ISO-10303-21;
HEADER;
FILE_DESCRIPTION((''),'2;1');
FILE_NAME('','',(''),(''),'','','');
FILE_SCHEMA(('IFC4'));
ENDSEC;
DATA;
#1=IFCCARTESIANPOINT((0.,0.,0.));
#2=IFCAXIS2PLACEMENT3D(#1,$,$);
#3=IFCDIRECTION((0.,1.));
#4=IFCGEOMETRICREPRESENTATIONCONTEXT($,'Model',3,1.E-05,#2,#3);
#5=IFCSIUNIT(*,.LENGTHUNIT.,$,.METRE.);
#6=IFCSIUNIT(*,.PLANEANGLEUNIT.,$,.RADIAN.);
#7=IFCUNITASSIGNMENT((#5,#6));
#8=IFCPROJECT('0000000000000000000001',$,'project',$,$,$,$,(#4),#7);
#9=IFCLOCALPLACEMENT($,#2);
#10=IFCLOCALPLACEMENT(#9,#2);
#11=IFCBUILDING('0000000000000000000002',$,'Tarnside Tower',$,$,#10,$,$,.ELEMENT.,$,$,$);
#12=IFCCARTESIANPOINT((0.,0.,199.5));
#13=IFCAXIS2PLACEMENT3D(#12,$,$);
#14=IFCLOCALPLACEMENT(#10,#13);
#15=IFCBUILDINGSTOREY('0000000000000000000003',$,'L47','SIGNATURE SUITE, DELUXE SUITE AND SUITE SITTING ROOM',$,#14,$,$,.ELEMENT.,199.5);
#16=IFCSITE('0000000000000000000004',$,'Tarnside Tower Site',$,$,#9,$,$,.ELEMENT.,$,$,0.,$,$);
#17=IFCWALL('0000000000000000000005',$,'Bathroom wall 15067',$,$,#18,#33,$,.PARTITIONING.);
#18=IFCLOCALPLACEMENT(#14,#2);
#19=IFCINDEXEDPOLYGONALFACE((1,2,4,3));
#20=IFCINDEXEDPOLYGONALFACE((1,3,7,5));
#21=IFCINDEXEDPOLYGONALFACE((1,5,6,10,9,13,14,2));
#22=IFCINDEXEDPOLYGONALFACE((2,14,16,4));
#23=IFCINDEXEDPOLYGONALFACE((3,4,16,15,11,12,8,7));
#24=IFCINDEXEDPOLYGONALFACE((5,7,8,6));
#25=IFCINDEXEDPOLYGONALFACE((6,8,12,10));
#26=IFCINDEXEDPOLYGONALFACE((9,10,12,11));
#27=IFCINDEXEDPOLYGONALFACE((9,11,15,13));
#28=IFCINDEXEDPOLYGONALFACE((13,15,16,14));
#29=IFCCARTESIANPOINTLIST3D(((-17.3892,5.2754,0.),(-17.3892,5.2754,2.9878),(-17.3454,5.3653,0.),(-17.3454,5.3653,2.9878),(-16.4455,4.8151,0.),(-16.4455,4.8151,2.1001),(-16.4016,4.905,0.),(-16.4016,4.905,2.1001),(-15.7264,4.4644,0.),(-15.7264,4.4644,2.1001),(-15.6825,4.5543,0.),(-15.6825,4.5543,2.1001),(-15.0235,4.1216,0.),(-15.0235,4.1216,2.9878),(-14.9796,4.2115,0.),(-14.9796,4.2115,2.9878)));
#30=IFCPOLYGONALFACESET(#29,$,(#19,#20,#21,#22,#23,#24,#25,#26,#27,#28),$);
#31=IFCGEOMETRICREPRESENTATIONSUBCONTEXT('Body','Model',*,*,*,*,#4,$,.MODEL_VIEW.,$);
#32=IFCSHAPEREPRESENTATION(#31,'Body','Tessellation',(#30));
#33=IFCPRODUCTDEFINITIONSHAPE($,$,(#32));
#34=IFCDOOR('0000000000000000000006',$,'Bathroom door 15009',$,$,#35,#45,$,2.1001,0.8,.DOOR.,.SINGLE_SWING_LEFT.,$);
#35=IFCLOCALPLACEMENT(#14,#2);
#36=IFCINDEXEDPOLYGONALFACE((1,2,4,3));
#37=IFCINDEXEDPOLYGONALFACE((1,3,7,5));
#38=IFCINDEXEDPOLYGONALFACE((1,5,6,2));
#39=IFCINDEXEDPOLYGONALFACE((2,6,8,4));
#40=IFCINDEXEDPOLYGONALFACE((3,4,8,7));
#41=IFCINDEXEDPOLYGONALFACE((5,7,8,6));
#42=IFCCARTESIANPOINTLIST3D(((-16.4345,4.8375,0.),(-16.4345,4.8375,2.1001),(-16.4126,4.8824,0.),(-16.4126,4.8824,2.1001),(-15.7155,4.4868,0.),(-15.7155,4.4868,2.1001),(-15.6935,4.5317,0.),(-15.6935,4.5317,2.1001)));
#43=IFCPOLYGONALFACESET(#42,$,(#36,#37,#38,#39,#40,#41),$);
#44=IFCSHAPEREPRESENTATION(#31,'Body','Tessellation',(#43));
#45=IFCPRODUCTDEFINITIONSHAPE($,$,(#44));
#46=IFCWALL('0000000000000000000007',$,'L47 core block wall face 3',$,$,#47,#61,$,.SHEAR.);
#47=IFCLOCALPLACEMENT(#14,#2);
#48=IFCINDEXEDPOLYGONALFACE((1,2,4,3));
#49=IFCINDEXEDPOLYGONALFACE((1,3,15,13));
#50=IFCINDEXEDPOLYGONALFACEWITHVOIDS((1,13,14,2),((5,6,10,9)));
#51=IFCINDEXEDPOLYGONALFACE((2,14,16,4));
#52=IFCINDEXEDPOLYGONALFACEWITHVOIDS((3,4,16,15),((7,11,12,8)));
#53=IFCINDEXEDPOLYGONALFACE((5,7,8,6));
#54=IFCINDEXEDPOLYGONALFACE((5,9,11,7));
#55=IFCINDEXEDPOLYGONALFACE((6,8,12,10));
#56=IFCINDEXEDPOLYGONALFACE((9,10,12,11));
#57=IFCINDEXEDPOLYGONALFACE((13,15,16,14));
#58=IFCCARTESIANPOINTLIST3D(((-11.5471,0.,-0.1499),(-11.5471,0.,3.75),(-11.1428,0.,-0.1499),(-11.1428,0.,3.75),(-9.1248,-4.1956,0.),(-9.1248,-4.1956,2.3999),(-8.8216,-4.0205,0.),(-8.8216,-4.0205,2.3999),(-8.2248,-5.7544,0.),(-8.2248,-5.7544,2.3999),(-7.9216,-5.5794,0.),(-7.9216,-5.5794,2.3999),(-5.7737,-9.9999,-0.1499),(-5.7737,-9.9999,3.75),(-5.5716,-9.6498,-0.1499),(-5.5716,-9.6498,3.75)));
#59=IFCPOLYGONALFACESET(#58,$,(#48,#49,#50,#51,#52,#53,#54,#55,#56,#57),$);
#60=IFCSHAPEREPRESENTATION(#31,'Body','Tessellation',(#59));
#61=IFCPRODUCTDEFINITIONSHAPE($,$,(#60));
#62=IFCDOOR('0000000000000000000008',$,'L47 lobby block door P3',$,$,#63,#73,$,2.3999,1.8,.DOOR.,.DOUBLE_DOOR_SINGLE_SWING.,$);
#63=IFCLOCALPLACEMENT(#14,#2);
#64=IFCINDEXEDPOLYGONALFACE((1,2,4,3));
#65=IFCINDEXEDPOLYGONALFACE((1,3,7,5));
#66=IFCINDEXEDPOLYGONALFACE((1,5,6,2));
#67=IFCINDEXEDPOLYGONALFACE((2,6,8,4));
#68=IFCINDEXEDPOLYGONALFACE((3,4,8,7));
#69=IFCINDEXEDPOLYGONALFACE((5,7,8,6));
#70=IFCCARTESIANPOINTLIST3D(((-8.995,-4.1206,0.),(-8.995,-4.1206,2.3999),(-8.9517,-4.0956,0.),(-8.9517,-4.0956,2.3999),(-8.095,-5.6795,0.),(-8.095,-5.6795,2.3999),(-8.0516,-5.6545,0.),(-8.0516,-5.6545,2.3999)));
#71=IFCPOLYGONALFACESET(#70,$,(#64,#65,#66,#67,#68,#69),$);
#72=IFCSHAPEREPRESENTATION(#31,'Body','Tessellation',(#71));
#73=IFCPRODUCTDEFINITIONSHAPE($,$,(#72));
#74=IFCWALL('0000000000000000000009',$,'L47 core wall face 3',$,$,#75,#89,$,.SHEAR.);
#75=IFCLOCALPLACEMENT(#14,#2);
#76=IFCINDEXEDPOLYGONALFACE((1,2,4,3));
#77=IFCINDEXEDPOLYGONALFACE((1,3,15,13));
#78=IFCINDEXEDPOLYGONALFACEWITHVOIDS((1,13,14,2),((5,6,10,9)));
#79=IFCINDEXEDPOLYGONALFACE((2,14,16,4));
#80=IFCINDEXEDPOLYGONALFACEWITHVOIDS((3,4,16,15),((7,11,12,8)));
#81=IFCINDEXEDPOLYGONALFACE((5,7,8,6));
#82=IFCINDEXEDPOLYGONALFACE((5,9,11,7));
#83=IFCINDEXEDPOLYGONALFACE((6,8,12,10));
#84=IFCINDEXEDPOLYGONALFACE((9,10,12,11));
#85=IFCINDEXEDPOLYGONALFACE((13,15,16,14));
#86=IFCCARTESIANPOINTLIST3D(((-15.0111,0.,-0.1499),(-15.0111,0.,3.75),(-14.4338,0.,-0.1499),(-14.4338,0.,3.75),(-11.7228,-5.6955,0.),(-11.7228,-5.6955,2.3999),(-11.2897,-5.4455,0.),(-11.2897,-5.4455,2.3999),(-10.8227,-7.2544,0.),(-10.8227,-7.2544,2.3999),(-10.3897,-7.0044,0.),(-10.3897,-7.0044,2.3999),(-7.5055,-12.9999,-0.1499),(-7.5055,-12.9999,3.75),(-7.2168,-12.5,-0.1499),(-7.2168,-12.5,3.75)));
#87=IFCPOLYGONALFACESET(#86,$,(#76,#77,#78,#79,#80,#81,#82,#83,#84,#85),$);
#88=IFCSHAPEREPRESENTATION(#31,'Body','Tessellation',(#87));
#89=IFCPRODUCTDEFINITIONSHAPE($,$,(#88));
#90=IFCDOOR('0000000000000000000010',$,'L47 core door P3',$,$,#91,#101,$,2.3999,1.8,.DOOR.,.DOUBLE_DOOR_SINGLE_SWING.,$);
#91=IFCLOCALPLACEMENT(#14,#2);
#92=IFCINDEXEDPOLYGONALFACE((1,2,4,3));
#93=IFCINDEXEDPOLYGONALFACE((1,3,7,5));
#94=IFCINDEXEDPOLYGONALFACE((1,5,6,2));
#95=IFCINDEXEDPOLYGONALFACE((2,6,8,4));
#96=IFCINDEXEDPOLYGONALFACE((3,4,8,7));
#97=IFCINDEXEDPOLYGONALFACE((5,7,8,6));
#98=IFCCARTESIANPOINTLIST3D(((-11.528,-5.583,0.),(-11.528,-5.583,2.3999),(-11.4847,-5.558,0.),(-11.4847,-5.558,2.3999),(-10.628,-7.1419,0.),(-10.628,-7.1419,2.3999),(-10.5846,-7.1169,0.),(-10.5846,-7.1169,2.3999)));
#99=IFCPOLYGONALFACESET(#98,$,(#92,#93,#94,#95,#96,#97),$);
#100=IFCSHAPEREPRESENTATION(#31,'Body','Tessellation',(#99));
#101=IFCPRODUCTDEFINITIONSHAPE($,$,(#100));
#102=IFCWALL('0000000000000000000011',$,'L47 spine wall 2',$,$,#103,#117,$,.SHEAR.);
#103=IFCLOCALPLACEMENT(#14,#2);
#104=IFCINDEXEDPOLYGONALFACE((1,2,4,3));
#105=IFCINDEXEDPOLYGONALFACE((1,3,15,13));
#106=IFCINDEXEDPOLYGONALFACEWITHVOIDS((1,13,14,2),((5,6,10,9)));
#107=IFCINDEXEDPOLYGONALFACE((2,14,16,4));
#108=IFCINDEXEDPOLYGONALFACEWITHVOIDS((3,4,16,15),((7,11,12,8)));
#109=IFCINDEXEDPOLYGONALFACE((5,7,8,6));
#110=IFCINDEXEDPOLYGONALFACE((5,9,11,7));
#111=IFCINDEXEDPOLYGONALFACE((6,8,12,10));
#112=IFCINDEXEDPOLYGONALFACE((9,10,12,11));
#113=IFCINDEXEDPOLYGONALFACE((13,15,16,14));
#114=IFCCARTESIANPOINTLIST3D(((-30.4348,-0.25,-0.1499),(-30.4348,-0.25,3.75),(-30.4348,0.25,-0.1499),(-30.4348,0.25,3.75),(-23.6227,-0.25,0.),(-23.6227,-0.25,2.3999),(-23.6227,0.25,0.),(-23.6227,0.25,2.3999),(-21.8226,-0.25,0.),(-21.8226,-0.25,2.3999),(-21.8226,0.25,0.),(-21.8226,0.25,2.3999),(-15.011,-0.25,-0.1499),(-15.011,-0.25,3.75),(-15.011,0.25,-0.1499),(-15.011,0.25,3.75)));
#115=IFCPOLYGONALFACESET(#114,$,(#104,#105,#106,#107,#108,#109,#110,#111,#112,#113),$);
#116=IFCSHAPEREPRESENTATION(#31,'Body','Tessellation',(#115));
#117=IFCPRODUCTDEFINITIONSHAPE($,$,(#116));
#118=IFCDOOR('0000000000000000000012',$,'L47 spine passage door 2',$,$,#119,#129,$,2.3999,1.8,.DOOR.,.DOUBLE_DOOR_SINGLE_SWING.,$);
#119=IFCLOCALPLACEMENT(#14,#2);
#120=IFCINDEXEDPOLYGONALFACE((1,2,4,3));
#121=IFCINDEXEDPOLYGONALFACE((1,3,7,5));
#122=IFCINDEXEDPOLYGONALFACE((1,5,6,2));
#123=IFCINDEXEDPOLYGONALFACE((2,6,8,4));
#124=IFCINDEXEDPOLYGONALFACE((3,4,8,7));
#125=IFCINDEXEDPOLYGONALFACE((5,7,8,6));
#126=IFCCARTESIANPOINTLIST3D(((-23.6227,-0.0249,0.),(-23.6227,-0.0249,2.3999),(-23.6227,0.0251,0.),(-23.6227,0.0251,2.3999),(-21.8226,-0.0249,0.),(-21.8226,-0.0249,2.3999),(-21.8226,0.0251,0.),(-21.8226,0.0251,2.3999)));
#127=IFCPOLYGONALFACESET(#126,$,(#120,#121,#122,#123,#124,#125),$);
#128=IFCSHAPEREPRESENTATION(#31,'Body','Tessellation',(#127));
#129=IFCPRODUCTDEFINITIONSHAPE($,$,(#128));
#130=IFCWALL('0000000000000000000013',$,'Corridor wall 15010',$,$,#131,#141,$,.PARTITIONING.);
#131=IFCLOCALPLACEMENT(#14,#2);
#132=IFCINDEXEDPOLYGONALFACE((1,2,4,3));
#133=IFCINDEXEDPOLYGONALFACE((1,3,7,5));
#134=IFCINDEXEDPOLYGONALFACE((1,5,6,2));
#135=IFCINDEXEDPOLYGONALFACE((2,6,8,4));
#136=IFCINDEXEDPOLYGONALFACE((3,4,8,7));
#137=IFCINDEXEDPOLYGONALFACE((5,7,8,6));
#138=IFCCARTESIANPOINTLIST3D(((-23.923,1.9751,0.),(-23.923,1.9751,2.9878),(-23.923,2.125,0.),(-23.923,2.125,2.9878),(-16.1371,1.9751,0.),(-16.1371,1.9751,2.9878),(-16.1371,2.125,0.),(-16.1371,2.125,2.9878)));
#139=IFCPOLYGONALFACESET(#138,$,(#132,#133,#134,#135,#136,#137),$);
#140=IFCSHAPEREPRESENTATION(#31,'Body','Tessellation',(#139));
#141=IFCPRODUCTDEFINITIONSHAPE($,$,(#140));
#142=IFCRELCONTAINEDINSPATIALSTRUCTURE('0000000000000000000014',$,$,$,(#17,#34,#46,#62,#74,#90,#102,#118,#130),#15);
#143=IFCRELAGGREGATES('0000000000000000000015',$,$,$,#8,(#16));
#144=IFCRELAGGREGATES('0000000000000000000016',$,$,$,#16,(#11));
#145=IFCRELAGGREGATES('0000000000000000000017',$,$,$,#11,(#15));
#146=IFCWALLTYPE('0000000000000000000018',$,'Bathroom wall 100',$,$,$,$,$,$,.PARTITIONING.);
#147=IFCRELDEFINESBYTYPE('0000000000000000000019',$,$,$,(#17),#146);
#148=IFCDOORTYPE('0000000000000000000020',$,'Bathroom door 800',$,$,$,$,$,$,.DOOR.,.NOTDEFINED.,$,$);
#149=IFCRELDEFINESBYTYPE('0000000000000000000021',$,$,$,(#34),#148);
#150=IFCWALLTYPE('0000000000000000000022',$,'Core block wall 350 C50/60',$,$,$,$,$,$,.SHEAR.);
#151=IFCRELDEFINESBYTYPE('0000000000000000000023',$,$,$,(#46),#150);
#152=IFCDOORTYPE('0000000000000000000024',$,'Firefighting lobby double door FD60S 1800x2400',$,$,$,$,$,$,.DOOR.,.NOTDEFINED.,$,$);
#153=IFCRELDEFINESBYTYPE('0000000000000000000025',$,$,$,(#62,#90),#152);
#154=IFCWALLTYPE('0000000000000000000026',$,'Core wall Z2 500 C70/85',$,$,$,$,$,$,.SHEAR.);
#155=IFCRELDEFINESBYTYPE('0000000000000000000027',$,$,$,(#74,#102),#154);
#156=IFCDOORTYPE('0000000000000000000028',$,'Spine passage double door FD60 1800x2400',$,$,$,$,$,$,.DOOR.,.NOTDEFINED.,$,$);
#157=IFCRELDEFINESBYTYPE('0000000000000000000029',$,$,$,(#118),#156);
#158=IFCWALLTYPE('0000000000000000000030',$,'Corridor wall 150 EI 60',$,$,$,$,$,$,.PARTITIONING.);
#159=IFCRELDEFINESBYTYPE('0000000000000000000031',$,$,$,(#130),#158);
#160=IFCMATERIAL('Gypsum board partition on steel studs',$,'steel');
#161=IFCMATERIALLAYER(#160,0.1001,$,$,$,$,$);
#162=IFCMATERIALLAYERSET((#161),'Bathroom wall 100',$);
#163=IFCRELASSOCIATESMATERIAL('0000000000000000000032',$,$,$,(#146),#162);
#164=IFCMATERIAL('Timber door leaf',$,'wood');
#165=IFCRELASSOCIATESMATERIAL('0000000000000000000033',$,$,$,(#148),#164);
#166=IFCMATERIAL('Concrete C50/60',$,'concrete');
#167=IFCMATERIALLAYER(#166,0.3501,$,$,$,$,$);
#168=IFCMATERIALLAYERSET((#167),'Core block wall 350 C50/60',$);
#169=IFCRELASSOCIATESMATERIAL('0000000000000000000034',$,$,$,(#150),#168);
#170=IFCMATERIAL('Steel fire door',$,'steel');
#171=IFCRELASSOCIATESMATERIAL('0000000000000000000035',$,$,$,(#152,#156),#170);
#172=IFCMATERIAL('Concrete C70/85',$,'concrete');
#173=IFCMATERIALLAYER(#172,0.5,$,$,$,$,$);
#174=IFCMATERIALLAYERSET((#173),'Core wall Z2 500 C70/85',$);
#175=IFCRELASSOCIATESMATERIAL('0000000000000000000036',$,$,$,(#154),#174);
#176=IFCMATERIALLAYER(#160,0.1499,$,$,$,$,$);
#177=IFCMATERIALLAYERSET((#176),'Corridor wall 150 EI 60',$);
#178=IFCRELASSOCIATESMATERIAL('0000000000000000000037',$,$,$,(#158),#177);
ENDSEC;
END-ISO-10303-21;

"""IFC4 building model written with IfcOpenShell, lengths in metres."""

from ifc_helpers import new_model, si_unit, direction, frame, frame_2d, origin, place, context, subcontext, project, spatial, polyline, rectangle, outline, extrude, material, layer, layer_set, type_object, element, fill, save


model = new_model("IFC4")

# Units and contexts
model_context = context("Model", 3, precision=1e-05, world=origin(), true_north=direction((0.0, 1.0)))
body_context = subcontext(model_context, "Body", "Model", "MODEL_VIEW")
ifc_project = project(units=[si_unit("LENGTHUNIT", "METRE"), si_unit("PLANEANGLEUNIT", "RADIAN")], contexts=[model_context])

# Site, building, storey
site_placement = place(None, origin())
site = spatial("IfcSite", under=ifc_project, at=site_placement, Name="Tarnside Tower Site", CompositionType="ELEMENT", RefElevation=0.0)
building_placement = place(site_placement, origin())
building = spatial("IfcBuilding", under=site, at=building_placement, Name="Tarnside Tower", CompositionType="ELEMENT")
storey_placement = place(building_placement, frame((0.0, 0.0, 199.5)))
storey = spatial("IfcBuildingStorey", under=building, at=storey_placement, Name="L47", Description="SIGNATURE SUITE, DELUXE SUITE AND SUITE SITTING ROOM", CompositionType="ELEMENT", Elevation=199.5)

# Shared definitions
ifc_material_1 = material(Name="Gypsum board partition on steel studs", Category="steel")
ifc_layer_1 = layer(ifc_material_1, 0.1001)
ifc_layer_set_1 = layer_set([ifc_layer_1], Name="Bathroom wall 100")
wall_type_1 = type_object("IfcWallType", Name="Bathroom wall 100", PredefinedType="PARTITIONING", material=ifc_layer_set_1)

# Walls, openings, doors
wall_1_placement = place(storey_placement, frame((-17.3672, 5.3203, 0.0), z_axis=(0.0, 0.0, 1.0), x_axis=(0.898799, -0.438361, 0.0)))
wall_1 = element("IfcWall", 1, at=wall_1_placement, inside=storey, type_object=wall_type_1, Name="Bathroom wall 15067", PredefinedType="PARTITIONING", context=body_context, shape_type="SweptSolid", body=[
    extrude(rectangle(XDim=2.6321, YDim=0.1001, at=frame_2d((1.3159, 0.0))), origin(), (0.0, 0.0, 1.0), 2.9878),
])
opening_1_placement = place(wall_1_placement, frame((1.05, 0.0, 0.0)))
opening_1 = element("IfcOpeningElement", 2, at=opening_1_placement, cuts=wall_1, PredefinedType="OPENING", context=body_context, shape_type="SweptSolid", body=[
    extrude(rectangle(XDim=0.8, YDim=2.1001, at=frame_2d((0.3999, 1.05))), frame((0.0, 0.0601, 0.0), z_axis=(0.0, -1.0, 0.0), x_axis=(1.0, 0.0, 0.0)), (0.0, 0.0, 1.0), 0.1201),
])
ifc_material_2 = material(Name="Timber door leaf", Category="wood")
door_type_1 = type_object("IfcDoorType", Name="Bathroom door 800", OperationType="NOTDEFINED", PredefinedType="DOOR", material=ifc_material_2)
door_1_placement = place(opening_1_placement, origin())
door_1 = element("IfcDoor", 3, at=door_1_placement, inside=storey, type_object=door_type_1, Name="Bathroom door 15009", OperationType="SINGLE_SWING_LEFT", OverallHeight=2.1001, OverallWidth=0.8, PredefinedType="DOOR", context=body_context, shape_type="SweptSolid", body=[
    extrude(rectangle(XDim=0.8, YDim=2.1001, at=frame_2d((0.3999, 1.05))), frame((0.0, 0.0249, 0.0), z_axis=(0.0, -1.0, 0.0), x_axis=(1.0, 0.0, 0.0)), (0.0, 0.0, 1.0), 0.05),
])
fill(opening_1, door_1)
ifc_material_3 = material(Name="Concrete C50/60", Category="concrete")
ifc_layer_2 = layer(ifc_material_3, 0.3501)
ifc_layer_set_2 = layer_set([ifc_layer_2], Name="Core block wall 350 C50/60")
wall_type_2 = type_object("IfcWallType", Name="Core block wall 350 C50/60", PredefinedType="SHEAR", material=ifc_layer_set_2)
wall_2_placement = place(storey_placement, frame((-11.345, 0.0, -0.1499), z_axis=(0.0, 0.0, 1.0), x_axis=(0.499995, -0.866028, 0.0)))
wall_2 = element("IfcWall", 4, at=wall_2_placement, inside=storey, type_object=wall_type_2, Name="L47 core block wall face 3", PredefinedType="SHEAR", context=body_context, shape_type="SweptSolid", body=[
    extrude(outline(polyline([(-0.1011, -0.175), (11.4458, -0.175), (11.2437, 0.175), (0.1011, 0.175), (-0.1011, -0.175)])), origin(), (0.0, 0.0, 1.0), 3.8999),
])
opening_2_placement = place(wall_2_placement, frame((4.7437, 0.0, 0.1499)))
opening_2 = element("IfcOpeningElement", 5, at=opening_2_placement, cuts=wall_2, PredefinedType="OPENING", context=body_context, shape_type="SweptSolid", body=[
    extrude(rectangle(XDim=1.8, YDim=2.3999, at=frame_2d((0.8999, 1.2))), frame((0.0, 0.1851, 0.0), z_axis=(0.0, -1.0, 0.0), x_axis=(1.0, 0.0, 0.0)), (0.0, 0.0, 1.0), 0.3701),
])
ifc_material_4 = material(Name="Steel fire door", Category="steel")
door_type_2 = type_object("IfcDoorType", Name="Firefighting lobby double door FD60S 1800x2400", OperationType="NOTDEFINED", PredefinedType="DOOR", material=ifc_material_4)
door_2_placement = place(opening_2_placement, origin())
door_2 = element("IfcDoor", 6, at=door_2_placement, inside=storey, type_object=door_type_2, Name="L47 lobby block door P3", OperationType="DOUBLE_DOOR_SINGLE_SWING", OverallHeight=2.3999, OverallWidth=1.8, PredefinedType="DOOR", context=body_context, shape_type="SweptSolid", body=[
    extrude(rectangle(XDim=1.8, YDim=2.3999, at=frame_2d((0.8999, 1.2))), frame((0.0, 0.0249, 0.0), z_axis=(0.0, -1.0, 0.0), x_axis=(1.0, 0.0, 0.0)), (0.0, 0.0, 1.0), 0.05),
])
fill(opening_2, door_2)
ifc_material_5 = material(Name="Concrete C70/85", Category="concrete")
ifc_layer_3 = layer(ifc_material_5, 0.5)
ifc_layer_set_3 = layer_set([ifc_layer_3], Name="Core wall Z2 500 C70/85")
wall_type_3 = type_object("IfcWallType", Name="Core wall Z2 500 C70/85", PredefinedType="SHEAR", material=ifc_layer_set_3)
wall_3_placement = place(storey_placement, frame((-14.7224, 0.0, -0.1499), z_axis=(0.0, 0.0, 1.0), x_axis=(0.500006, -0.866022, 0.0)))
wall_3 = element("IfcWall", 7, at=wall_3_placement, inside=storey, type_object=wall_type_3, Name="L47 core wall face 3", PredefinedType="SHEAR", context=body_context, shape_type="SweptSolid", body=[
    extrude(outline(polyline([(-0.1443, -0.25), (14.8667, -0.25), (14.5781, 0.25), (0.1443, 0.25), (-0.1443, -0.25)])), origin(), (0.0, 0.0, 1.0), 3.8999),
])
opening_3_placement = place(wall_3_placement, frame((6.4324, 0.0, 0.1499)))
opening_3 = element("IfcOpeningElement", 8, at=opening_3_placement, cuts=wall_3, PredefinedType="OPENING", context=body_context, shape_type="SweptSolid", body=[
    extrude(rectangle(XDim=1.8, YDim=2.3999, at=frame_2d((0.8999, 1.2))), frame((0.0, 0.26, 0.0), z_axis=(0.0, -1.0, 0.0), x_axis=(1.0, 0.0, 0.0)), (0.0, 0.0, 1.0), 0.52),
])
door_3_placement = place(opening_3_placement, origin())
door_3 = element("IfcDoor", 9, at=door_3_placement, inside=storey, type_object=door_type_2, Name="L47 core door P3", OperationType="DOUBLE_DOOR_SINGLE_SWING", OverallHeight=2.3999, OverallWidth=1.8, PredefinedType="DOOR", context=body_context, shape_type="SweptSolid", body=[
    extrude(rectangle(XDim=1.8, YDim=2.3999, at=frame_2d((0.8999, 1.2))), frame((0.0, 0.0249, 0.0), z_axis=(0.0, -1.0, 0.0), x_axis=(1.0, 0.0, 0.0)), (0.0, 0.0, 1.0), 0.05),
])
fill(opening_3, door_3)
wall_4_placement = place(storey_placement, frame((-15.011, 0.0, -0.1499), z_axis=(0.0, 0.0, 1.0), x_axis=(-1.0, 0.0, 0.0)))
wall_4 = element("IfcWall", 10, at=wall_4_placement, inside=storey, type_object=wall_type_3, Name="L47 spine wall 2", PredefinedType="SHEAR", context=body_context, shape_type="SweptSolid", body=[
    extrude(rectangle(XDim=15.4238, YDim=0.5, at=frame_2d((7.7119, 0.0))), origin(), (0.0, 0.0, 1.0), 3.8999),
])
opening_4_placement = place(wall_4_placement, frame((6.8118, 0.0, 0.1499)))
opening_4 = element("IfcOpeningElement", 11, at=opening_4_placement, cuts=wall_4, PredefinedType="OPENING", context=body_context, shape_type="SweptSolid", body=[
    extrude(rectangle(XDim=1.8, YDim=2.3999, at=frame_2d((0.8999, 1.2))), frame((0.0, 0.26, 0.0), z_axis=(0.0, -1.0, 0.0), x_axis=(1.0, 0.0, 0.0)), (0.0, 0.0, 1.0), 0.52),
])
door_type_3 = type_object("IfcDoorType", Name="Spine passage double door FD60 1800x2400", OperationType="NOTDEFINED", PredefinedType="DOOR", material=ifc_material_4)
door_4_placement = place(opening_4_placement, origin())
door_4 = element("IfcDoor", 12, at=door_4_placement, inside=storey, type_object=door_type_3, Name="L47 spine passage door 2", OperationType="DOUBLE_DOOR_SINGLE_SWING", OverallHeight=2.3999, OverallWidth=1.8, PredefinedType="DOOR", context=body_context, shape_type="SweptSolid", body=[
    extrude(rectangle(XDim=1.8, YDim=2.3999, at=frame_2d((0.8999, 1.2))), frame((0.0, 0.0249, 0.0), z_axis=(0.0, -1.0, 0.0), x_axis=(1.0, 0.0, 0.0)), (0.0, 0.0, 1.0), 0.05),
])
fill(opening_4, door_4)

# Wall
ifc_layer_4 = layer(ifc_material_1, 0.1499)
ifc_layer_set_4 = layer_set([ifc_layer_4], Name="Corridor wall 150 EI 60")
wall_type_4 = type_object("IfcWallType", Name="Corridor wall 150 EI 60", PredefinedType="PARTITIONING", material=ifc_layer_set_4)
wall_5_placement = place(storey_placement, frame((-16.137, 2.05, 0.0), z_axis=(0.0, 0.0, 1.0), x_axis=(-1.0, 0.0, 0.0)))
element("IfcWall", 13, at=wall_5_placement, inside=storey, type_object=wall_type_4, Name="Corridor wall 15010", PredefinedType="PARTITIONING", context=body_context, shape_type="SweptSolid", body=[
    extrude(rectangle(XDim=7.7859, YDim=0.1499, at=frame_2d((3.8931, 0.0))), origin(), (0.0, 0.0, 1.0), 2.9878),
])

save(model, "model.ifc")
